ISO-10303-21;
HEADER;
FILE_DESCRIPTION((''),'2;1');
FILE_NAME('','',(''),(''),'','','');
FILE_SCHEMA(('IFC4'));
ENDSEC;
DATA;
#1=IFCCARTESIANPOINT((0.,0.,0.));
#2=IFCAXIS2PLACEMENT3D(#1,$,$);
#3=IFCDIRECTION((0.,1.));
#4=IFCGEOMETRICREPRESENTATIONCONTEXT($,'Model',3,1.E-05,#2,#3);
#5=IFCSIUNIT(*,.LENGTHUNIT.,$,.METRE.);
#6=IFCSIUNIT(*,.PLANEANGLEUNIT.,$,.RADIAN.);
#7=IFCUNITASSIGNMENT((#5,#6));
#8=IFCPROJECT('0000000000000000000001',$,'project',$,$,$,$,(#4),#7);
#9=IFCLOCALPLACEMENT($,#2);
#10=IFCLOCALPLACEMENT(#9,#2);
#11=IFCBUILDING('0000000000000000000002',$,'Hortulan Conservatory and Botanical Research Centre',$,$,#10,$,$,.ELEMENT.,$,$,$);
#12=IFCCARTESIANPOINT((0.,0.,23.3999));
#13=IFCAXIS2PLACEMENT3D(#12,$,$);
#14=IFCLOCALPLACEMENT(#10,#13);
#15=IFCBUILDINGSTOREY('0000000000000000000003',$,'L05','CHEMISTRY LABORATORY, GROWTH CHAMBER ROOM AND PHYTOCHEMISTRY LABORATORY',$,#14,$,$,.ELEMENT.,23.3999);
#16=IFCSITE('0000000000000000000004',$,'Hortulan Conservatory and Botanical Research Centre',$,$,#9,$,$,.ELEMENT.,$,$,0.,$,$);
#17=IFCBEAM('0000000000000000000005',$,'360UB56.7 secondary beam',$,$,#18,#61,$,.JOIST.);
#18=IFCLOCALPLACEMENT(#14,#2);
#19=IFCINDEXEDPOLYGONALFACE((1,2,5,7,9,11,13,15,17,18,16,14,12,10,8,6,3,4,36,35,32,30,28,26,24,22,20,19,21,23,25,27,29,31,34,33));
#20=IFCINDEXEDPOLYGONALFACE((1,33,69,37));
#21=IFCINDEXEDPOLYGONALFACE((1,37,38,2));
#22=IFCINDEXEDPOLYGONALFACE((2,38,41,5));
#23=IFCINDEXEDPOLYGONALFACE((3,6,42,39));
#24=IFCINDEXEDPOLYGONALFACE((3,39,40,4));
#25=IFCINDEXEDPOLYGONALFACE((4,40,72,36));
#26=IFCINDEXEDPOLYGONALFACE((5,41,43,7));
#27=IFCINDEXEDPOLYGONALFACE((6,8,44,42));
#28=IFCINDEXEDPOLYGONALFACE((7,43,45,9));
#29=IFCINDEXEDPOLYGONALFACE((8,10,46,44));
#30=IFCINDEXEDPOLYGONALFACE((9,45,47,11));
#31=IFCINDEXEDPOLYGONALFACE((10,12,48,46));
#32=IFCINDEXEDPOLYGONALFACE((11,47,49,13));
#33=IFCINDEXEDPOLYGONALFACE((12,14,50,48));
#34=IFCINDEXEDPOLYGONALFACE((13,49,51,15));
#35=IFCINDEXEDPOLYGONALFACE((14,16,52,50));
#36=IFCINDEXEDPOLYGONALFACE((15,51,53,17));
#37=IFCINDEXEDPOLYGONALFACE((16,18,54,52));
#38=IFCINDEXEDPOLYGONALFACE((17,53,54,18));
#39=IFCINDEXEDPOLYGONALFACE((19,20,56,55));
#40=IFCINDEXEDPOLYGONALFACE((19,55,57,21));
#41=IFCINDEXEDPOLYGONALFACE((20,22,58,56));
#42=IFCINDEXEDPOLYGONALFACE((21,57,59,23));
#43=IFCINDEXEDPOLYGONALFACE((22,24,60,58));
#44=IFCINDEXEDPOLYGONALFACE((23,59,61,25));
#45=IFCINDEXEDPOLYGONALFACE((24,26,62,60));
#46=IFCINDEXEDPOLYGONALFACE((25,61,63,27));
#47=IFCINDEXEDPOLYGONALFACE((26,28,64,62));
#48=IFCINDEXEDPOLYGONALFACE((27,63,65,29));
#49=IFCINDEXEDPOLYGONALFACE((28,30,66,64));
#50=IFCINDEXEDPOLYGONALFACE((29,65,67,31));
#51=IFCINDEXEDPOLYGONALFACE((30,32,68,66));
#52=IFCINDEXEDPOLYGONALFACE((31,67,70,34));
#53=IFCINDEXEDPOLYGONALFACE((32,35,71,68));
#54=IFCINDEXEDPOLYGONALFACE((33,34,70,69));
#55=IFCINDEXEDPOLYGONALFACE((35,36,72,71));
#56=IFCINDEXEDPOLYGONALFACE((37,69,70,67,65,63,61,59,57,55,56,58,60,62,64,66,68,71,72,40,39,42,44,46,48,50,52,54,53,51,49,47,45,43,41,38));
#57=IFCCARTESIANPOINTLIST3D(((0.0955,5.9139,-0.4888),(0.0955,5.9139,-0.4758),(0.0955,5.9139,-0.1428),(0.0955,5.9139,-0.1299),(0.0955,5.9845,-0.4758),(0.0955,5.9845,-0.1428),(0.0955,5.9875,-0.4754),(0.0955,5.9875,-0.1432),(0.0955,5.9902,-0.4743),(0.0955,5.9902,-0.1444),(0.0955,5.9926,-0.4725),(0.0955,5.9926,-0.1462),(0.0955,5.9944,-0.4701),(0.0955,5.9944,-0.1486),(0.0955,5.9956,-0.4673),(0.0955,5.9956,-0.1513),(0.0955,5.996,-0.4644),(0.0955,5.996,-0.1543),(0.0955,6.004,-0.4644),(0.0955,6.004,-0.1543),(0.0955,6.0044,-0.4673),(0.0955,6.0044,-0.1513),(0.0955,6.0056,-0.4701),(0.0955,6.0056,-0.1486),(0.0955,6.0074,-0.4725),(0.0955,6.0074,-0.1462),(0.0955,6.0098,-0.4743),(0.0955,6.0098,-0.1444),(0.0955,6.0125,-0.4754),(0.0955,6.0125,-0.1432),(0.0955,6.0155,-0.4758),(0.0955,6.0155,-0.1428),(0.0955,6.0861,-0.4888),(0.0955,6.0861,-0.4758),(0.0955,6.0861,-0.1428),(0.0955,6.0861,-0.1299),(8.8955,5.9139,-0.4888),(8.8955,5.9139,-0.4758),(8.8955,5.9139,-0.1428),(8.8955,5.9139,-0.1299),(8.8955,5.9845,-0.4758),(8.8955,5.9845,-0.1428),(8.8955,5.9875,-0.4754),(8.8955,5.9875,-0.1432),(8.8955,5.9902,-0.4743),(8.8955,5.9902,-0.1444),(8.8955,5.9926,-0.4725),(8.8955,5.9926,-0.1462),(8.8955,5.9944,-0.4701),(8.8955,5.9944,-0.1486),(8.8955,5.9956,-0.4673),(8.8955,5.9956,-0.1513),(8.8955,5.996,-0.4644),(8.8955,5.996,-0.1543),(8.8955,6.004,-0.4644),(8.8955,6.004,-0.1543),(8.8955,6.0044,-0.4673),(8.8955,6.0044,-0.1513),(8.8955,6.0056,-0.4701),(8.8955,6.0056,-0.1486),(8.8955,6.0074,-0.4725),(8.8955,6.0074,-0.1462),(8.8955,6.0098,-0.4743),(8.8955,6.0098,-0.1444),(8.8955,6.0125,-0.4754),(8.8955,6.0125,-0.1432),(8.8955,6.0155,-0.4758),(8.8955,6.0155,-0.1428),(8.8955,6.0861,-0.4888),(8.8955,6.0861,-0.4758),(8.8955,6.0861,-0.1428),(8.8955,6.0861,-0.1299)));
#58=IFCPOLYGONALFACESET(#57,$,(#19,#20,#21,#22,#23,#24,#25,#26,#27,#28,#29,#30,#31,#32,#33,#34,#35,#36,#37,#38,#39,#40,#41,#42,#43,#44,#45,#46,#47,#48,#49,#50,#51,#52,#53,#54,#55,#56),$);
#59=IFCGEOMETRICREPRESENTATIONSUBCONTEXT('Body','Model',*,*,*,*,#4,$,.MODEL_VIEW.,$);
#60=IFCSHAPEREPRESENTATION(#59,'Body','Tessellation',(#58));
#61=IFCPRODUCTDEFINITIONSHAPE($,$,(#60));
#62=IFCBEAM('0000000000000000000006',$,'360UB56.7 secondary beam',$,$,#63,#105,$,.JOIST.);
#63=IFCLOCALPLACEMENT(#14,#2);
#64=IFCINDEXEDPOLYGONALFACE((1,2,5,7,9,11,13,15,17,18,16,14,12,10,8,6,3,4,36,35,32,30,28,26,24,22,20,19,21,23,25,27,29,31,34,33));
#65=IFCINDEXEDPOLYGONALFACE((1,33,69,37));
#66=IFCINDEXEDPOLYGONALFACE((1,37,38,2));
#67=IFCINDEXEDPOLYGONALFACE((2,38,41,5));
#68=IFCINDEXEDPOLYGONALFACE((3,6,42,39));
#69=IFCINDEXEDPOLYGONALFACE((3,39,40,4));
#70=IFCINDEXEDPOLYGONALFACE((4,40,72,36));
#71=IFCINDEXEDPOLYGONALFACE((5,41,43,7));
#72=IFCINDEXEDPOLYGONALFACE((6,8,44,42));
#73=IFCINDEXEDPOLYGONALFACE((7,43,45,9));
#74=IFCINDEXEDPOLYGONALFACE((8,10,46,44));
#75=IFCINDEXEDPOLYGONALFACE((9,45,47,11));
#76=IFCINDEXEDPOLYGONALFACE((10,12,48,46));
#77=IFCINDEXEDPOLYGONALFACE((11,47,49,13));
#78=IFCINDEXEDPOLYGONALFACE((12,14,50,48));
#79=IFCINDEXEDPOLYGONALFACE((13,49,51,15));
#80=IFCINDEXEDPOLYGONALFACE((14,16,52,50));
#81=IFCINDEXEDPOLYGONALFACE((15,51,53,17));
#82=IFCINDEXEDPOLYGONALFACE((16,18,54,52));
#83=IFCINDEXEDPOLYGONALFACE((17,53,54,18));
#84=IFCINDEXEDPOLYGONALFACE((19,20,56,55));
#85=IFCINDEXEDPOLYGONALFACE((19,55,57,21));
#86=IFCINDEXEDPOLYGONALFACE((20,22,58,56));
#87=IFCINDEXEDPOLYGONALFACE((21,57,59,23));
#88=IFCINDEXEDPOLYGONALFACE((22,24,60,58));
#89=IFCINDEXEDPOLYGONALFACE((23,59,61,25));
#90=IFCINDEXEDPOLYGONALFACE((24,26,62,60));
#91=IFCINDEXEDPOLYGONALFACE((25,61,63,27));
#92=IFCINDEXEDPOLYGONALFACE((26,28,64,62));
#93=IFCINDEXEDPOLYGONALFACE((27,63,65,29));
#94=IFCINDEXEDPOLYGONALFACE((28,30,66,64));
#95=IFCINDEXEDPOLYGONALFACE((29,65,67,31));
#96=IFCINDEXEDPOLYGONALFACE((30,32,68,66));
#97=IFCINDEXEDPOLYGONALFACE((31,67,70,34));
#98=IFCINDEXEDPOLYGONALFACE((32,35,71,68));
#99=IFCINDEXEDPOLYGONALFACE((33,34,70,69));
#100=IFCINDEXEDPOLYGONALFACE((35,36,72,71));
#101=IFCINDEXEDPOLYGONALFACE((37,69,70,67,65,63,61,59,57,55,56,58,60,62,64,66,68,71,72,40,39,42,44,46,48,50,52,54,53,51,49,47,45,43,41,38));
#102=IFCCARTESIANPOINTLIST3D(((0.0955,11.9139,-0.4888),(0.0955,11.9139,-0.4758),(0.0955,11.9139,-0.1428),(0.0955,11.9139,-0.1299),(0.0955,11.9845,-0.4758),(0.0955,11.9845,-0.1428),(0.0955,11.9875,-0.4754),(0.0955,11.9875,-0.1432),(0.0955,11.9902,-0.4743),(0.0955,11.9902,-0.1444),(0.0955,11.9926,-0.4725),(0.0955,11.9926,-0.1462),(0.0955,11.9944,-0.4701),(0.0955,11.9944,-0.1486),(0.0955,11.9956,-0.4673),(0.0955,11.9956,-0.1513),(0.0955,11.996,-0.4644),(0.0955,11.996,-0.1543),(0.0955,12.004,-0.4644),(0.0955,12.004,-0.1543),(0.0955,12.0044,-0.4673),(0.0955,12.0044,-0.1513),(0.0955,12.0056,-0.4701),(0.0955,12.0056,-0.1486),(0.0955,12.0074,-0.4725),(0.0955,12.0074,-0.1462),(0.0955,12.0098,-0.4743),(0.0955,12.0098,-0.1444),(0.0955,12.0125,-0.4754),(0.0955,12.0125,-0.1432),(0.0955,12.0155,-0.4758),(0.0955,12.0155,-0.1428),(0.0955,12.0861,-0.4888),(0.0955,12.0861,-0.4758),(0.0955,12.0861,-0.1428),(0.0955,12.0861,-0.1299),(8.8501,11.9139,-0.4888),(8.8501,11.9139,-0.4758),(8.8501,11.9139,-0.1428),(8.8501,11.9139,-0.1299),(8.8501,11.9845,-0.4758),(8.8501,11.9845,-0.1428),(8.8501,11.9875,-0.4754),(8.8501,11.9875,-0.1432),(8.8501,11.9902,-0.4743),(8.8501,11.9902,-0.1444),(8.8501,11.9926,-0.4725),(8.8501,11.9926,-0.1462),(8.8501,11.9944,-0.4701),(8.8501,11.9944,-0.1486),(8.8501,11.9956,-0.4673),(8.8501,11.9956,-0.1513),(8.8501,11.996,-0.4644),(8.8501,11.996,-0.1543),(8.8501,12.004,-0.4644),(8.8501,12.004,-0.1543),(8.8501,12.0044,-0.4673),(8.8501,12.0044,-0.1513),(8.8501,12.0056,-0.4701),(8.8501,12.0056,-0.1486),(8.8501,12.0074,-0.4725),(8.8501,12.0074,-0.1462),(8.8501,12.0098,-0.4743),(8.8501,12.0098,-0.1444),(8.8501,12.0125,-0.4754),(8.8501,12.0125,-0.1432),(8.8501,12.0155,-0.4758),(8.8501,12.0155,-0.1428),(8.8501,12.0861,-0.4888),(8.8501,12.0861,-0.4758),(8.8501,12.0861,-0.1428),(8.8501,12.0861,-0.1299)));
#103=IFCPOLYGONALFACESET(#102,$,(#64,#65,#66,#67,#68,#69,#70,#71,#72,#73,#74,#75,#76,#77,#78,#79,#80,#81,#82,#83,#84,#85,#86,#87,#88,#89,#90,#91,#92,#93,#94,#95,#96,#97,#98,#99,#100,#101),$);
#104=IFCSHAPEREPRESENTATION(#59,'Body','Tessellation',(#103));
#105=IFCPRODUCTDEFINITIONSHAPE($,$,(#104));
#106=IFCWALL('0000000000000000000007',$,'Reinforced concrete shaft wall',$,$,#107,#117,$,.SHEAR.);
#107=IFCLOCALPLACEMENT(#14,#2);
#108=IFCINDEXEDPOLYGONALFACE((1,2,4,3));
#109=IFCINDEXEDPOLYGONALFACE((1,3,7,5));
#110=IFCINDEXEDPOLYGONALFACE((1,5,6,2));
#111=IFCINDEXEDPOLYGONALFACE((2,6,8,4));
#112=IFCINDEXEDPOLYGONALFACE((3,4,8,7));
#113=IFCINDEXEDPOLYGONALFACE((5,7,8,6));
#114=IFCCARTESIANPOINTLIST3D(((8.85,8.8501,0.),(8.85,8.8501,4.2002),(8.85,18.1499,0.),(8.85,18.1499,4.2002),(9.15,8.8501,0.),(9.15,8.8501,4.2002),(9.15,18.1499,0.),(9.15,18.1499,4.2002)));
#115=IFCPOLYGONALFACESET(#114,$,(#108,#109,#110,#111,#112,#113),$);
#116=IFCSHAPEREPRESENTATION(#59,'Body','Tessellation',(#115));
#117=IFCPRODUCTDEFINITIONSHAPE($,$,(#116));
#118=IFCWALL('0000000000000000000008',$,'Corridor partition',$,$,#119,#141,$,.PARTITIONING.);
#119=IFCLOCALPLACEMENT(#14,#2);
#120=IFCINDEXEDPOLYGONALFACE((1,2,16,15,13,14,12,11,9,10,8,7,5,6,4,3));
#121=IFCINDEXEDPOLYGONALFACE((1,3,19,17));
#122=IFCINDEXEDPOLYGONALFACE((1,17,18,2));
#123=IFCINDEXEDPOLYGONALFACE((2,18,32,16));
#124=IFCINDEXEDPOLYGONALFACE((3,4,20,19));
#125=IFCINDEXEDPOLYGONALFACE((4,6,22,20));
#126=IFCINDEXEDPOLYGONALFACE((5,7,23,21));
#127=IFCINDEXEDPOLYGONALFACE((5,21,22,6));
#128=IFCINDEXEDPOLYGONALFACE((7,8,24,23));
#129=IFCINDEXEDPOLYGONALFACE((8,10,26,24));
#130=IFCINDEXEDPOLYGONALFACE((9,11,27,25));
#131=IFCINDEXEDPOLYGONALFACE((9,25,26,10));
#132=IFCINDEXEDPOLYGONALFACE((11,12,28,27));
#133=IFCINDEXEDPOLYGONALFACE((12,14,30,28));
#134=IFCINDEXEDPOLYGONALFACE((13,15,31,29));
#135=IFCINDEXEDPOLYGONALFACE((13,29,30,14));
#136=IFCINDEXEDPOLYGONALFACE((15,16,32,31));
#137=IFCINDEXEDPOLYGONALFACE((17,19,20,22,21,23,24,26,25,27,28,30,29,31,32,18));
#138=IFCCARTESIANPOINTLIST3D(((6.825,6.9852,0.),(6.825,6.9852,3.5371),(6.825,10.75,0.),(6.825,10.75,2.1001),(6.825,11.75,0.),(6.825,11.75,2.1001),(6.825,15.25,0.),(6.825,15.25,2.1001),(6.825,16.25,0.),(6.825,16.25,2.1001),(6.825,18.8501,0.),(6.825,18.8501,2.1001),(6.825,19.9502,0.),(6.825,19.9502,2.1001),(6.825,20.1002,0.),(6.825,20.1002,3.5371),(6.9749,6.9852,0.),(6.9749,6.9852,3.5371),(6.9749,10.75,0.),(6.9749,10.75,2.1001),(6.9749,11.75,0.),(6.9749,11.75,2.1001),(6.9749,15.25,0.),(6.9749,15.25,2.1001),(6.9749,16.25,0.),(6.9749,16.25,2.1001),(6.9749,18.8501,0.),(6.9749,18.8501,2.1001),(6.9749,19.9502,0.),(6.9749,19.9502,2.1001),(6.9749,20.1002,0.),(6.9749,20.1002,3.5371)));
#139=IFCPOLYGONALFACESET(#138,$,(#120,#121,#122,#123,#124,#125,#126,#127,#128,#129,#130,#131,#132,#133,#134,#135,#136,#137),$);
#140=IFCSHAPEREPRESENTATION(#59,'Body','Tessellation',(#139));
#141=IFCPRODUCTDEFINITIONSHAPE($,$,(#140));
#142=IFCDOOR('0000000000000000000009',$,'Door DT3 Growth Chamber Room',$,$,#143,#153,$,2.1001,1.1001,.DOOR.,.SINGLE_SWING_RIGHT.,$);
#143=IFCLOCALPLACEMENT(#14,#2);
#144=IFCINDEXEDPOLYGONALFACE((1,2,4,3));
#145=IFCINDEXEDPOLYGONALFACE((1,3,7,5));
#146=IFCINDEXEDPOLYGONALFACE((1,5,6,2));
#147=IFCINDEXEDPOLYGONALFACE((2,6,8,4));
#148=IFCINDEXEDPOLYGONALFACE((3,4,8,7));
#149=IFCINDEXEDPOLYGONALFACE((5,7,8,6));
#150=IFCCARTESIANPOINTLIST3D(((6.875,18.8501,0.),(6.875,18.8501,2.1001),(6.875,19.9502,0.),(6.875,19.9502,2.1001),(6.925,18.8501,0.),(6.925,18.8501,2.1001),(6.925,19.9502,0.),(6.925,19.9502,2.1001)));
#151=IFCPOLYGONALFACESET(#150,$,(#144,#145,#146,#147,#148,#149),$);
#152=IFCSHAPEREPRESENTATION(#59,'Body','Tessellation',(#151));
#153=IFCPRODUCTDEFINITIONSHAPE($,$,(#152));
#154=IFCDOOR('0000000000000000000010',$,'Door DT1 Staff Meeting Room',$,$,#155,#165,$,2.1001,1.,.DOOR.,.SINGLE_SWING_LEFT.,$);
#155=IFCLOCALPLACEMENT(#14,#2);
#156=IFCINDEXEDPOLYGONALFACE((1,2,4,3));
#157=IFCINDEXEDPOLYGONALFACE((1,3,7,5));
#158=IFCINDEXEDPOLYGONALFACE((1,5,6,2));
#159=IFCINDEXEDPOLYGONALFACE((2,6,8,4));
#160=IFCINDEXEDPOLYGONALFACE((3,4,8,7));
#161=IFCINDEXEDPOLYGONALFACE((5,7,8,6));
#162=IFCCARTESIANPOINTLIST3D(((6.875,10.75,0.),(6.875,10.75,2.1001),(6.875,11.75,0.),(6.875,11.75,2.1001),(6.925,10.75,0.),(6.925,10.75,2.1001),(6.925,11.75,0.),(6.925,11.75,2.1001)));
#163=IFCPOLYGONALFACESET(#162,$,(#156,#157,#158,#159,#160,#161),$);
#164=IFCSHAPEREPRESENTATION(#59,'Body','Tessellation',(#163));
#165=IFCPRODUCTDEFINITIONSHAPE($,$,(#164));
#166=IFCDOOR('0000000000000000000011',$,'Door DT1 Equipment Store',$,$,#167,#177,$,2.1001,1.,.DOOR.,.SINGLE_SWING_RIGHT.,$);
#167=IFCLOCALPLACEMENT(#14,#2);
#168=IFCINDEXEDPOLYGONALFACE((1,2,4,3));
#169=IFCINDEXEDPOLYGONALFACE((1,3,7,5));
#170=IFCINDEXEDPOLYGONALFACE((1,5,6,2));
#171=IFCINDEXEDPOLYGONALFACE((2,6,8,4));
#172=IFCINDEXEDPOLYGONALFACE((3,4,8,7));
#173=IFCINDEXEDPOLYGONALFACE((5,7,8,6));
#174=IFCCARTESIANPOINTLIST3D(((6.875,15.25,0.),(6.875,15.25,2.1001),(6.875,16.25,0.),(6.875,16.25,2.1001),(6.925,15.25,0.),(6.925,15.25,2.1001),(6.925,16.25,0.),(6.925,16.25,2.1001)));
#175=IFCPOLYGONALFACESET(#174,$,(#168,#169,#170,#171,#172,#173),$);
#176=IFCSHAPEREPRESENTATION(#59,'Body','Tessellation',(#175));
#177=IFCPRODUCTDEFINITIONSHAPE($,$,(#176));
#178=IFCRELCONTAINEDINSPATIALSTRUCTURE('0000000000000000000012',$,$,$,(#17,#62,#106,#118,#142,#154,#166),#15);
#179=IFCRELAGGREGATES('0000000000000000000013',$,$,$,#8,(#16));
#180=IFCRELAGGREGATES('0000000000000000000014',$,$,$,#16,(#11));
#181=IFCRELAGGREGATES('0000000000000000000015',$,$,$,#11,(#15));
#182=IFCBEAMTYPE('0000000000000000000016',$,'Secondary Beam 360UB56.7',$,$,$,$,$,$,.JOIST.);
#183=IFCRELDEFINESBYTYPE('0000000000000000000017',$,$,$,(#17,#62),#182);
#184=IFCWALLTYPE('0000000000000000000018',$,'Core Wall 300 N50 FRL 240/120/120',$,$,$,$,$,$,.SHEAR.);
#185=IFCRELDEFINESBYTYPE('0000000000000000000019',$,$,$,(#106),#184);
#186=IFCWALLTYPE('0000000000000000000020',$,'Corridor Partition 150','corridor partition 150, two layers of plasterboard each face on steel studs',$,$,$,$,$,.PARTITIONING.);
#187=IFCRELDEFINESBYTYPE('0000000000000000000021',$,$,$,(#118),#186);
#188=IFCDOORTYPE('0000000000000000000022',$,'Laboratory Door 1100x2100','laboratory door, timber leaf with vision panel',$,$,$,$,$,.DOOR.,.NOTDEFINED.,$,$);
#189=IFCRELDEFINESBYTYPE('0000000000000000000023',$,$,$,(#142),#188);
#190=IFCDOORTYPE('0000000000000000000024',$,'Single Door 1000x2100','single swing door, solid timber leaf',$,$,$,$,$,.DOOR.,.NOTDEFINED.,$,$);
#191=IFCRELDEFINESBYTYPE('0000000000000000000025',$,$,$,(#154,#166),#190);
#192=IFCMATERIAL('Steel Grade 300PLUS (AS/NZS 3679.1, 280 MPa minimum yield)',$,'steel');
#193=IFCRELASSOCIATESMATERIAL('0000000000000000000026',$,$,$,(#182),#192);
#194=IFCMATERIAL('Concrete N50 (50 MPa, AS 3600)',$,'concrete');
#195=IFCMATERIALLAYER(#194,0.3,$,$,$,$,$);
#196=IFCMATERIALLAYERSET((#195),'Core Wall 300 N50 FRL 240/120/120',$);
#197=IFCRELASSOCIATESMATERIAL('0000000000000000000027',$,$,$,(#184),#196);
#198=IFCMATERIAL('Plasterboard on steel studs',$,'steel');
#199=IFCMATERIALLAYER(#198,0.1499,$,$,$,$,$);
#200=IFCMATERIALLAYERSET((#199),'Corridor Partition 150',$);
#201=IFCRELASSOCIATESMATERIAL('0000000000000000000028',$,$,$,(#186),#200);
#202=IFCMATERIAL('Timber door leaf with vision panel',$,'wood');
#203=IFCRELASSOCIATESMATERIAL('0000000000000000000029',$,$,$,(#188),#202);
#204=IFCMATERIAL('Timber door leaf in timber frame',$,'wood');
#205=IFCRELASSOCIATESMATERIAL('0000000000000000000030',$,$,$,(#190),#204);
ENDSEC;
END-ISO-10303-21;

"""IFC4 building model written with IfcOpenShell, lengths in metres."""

from ifc_helpers import new_model, si_unit, direction, frame, frame_2d, origin, origin_2d, place, context, subcontext, project, spatial, rectangle, i_section, extrude, material, layer, layer_set, material_profile, profile_set, type_object, element, fill, save


model = new_model("IFC4")

# Units and contexts
model_context = context("Model", 3, precision=1e-05, world=origin(), true_north=direction((0.0, 1.0)))
body_context = subcontext(model_context, "Body", "Model", "MODEL_VIEW")
ifc_project = project(units=[si_unit("LENGTHUNIT", "METRE"), si_unit("PLANEANGLEUNIT", "RADIAN")], contexts=[model_context])

# Site, building, storey
site_placement = place(None, origin())
site = spatial("IfcSite", under=ifc_project, at=site_placement, Name="Hortulan Conservatory and Botanical Research Centre", CompositionType="ELEMENT", RefElevation=0.0)
building_placement = place(site_placement, origin())
building = spatial("IfcBuilding", under=site, at=building_placement, Name="Hortulan Conservatory and Botanical Research Centre", CompositionType="ELEMENT")
storey_placement = place(building_placement, frame((0.0, 0.0, 23.3999)))
storey = spatial("IfcBuildingStorey", under=building, at=storey_placement, Name="L05", Description="CHEMISTRY LABORATORY, GROWTH CHAMBER ROOM AND PHYTOCHEMISTRY LABORATORY", CompositionType="ELEMENT", Elevation=23.3999)

# Shared definitions
ifc_material_1 = material(Name="Steel Grade 300PLUS (AS/NZS 3679.1, 280 MPa minimum yield)", Category="steel")

# Beams
ifc_material_profile_1 = material_profile(ifc_material_1, i_section(OverallWidth=0.1721, OverallDepth=0.3589, WebThickness=0.0081, FlangeThickness=0.0129, FilletRadius=0.0115, at=origin_2d()), Name="360UB56.7")
ifc_profile_set_1 = profile_set([ifc_material_profile_1], Name="Steel Grade 300PLUS (AS/NZS 3679.1, 280 MPa minimum yield)")
beam_type_1 = type_object("IfcBeamType", Name="Secondary Beam 360UB56.7", PredefinedType="JOIST", material=ifc_profile_set_1)
beam_1_placement = place(storey_placement, frame((0.0955, 6.0, -0.3093), z_axis=(1.0, 0.0, 0.0), x_axis=(0.0, 1.0, 0.0)))
element("IfcBeam", 1, at=beam_1_placement, inside=storey, type_object=beam_type_1, Name="360UB56.7 secondary beam", PredefinedType="JOIST", context=body_context, shape_type="SweptSolid", body=[
    extrude(i_section(OverallWidth=0.1721, OverallDepth=0.3589, WebThickness=0.0081, FlangeThickness=0.0129, FilletRadius=0.0115, at=origin_2d()), origin(), (0.0, 0.0, 1.0), 8.8),
])
beam_2_placement = place(storey_placement, frame((0.0955, 12.0, -0.3093), z_axis=(1.0, 0.0, 0.0), x_axis=(0.0, 1.0, 0.0)))
element("IfcBeam", 2, at=beam_2_placement, inside=storey, type_object=beam_type_1, Name="360UB56.7 secondary beam", PredefinedType="JOIST", context=body_context, shape_type="SweptSolid", body=[
    extrude(i_section(OverallWidth=0.1721, OverallDepth=0.3589, WebThickness=0.0081, FlangeThickness=0.0129, FilletRadius=0.0115, at=origin_2d()), origin(), (0.0, 0.0, 1.0), 8.7546),
])

# Wall
ifc_material_2 = material(Name="Concrete N50 (50 MPa, AS 3600)", Category="concrete")
ifc_layer_1 = layer(ifc_material_2, 0.3)
ifc_layer_set_1 = layer_set([ifc_layer_1], Name="Core Wall 300 N50 FRL 240/120/120")
wall_type_1 = type_object("IfcWallType", Name="Core Wall 300 N50 FRL 240/120/120", PredefinedType="SHEAR", material=ifc_layer_set_1)
wall_1_placement = place(storey_placement, frame((9.0, 8.8501, 0.0), z_axis=(0.0, 0.0, 1.0), x_axis=(0.0, 1.0, 0.0)))
element("IfcWall", 3, at=wall_1_placement, inside=storey, type_object=wall_type_1, Name="Reinforced concrete shaft wall", PredefinedType="SHEAR", context=body_context, shape_type="SweptSolid", body=[
    extrude(rectangle(XDim=9.2998, YDim=0.3, at=frame_2d((4.6499, 0.0))), origin(), (0.0, 0.0, 1.0), 4.2002),
])

# Wall, openings, doors
ifc_material_3 = material(Name="Plasterboard on steel studs", Category="steel")
ifc_layer_2 = layer(ifc_material_3, 0.1499)
ifc_layer_set_2 = layer_set([ifc_layer_2], Name="Corridor Partition 150")
wall_type_2 = type_object("IfcWallType", Name="Corridor Partition 150", Description="corridor partition 150, two layers of plasterboard each face on steel studs", PredefinedType="PARTITIONING", material=ifc_layer_set_2)
wall_2_placement = place(storey_placement, frame((6.8999, 6.9851, 0.0), z_axis=(0.0, 0.0, 1.0), x_axis=(0.0, 1.0, 0.0)))
wall_2 = element("IfcWall", 4, at=wall_2_placement, inside=storey, type_object=wall_type_2, Name="Corridor partition", PredefinedType="PARTITIONING", context=body_context, shape_type="SweptSolid", body=[
    extrude(rectangle(XDim=13.115, YDim=0.1499, at=frame_2d((6.5576, 0.0))), origin(), (0.0, 0.0, 1.0), 3.5371),
])
opening_1_placement = place(wall_2_placement, frame((11.865, 0.0, 0.0)))
opening_1 = element("IfcOpeningElement", 5, at=opening_1_placement, cuts=wall_2, PredefinedType="OPENING", context=body_context, shape_type="SweptSolid", body=[
    extrude(rectangle(XDim=1.1001, YDim=2.1001, at=frame_2d((0.55, 1.05))), frame((0.0, 0.085, 0.0), z_axis=(0.0, -1.0, 0.0), x_axis=(1.0, 0.0, 0.0)), (0.0, 0.0, 1.0), 0.1699),
])
opening_2_placement = place(wall_2_placement, frame((3.7649, 0.0, 0.0)))
opening_2 = element("IfcOpeningElement", 6, at=opening_2_placement, cuts=wall_2, PredefinedType="OPENING", context=body_context, shape_type="SweptSolid", body=[
    extrude(rectangle(XDim=1.0, YDim=2.1001, at=frame_2d((0.5, 1.05))), frame((0.0, 0.085, 0.0), z_axis=(0.0, -1.0, 0.0), x_axis=(1.0, 0.0, 0.0)), (0.0, 0.0, 1.0), 0.1699),
])
opening_3_placement = place(wall_2_placement, frame((8.2649, 0.0, 0.0)))
opening_3 = element("IfcOpeningElement", 7, at=opening_3_placement, cuts=wall_2, PredefinedType="OPENING", context=body_context, shape_type="SweptSolid", body=[
    extrude(rectangle(XDim=1.0, YDim=2.1001, at=frame_2d((0.5, 1.05))), frame((0.0, 0.085, 0.0), z_axis=(0.0, -1.0, 0.0), x_axis=(1.0, 0.0, 0.0)), (0.0, 0.0, 1.0), 0.1699),
])
ifc_material_4 = material(Name="Timber door leaf with vision panel", Category="wood")
door_type_1 = type_object("IfcDoorType", Name="Laboratory Door 1100x2100", Description="laboratory door, timber leaf with vision panel", OperationType="NOTDEFINED", PredefinedType="DOOR", material=ifc_material_4)
door_1_placement = place(opening_1_placement, origin())
door_1 = element("IfcDoor", 8, at=door_1_placement, inside=storey, type_object=door_type_1, Name="Door DT3 Growth Chamber Room", OperationType="SINGLE_SWING_RIGHT", OverallHeight=2.1001, OverallWidth=1.1001, PredefinedType="DOOR", context=body_context, shape_type="SweptSolid", body=[
    extrude(rectangle(XDim=1.1001, YDim=2.1001, at=frame_2d((0.55, 1.05))), frame((0.0, 0.0249, 0.0), z_axis=(0.0, -1.0, 0.0), x_axis=(1.0, 0.0, 0.0)), (0.0, 0.0, 1.0), 0.05),
])
fill(opening_1, door_1)
ifc_material_5 = material(Name="Timber door leaf in timber frame", Category="wood")
door_type_2 = type_object("IfcDoorType", Name="Single Door 1000x2100", Description="single swing door, solid timber leaf", OperationType="NOTDEFINED", PredefinedType="DOOR", material=ifc_material_5)
door_2_placement = place(opening_2_placement, origin())
door_2 = element("IfcDoor", 9, at=door_2_placement, inside=storey, type_object=door_type_2, Name="Door DT1 Staff Meeting Room", OperationType="SINGLE_SWING_LEFT", OverallHeight=2.1001, OverallWidth=1.0, PredefinedType="DOOR", context=body_context, shape_type="SweptSolid", body=[
    extrude(rectangle(XDim=1.0, YDim=2.1001, at=frame_2d((0.5, 1.05))), frame((0.0, 0.0249, 0.0), z_axis=(0.0, -1.0, 0.0), x_axis=(1.0, 0.0, 0.0)), (0.0, 0.0, 1.0), 0.05),
])
fill(opening_2, door_2)
door_3_placement = place(opening_3_placement, origin())
door_3 = element("IfcDoor", 10, at=door_3_placement, inside=storey, type_object=door_type_2, Name="Door DT1 Equipment Store", OperationType="SINGLE_SWING_RIGHT", OverallHeight=2.1001, OverallWidth=1.0, PredefinedType="DOOR", context=body_context, shape_type="SweptSolid", body=[
    extrude(rectangle(XDim=1.0, YDim=2.1001, at=frame_2d((0.5, 1.05))), frame((0.0, 0.0249, 0.0), z_axis=(0.0, -1.0, 0.0), x_axis=(1.0, 0.0, 0.0)), (0.0, 0.0, 1.0), 0.05),
])
fill(opening_3, door_3)

save(model, "model.ifc")
